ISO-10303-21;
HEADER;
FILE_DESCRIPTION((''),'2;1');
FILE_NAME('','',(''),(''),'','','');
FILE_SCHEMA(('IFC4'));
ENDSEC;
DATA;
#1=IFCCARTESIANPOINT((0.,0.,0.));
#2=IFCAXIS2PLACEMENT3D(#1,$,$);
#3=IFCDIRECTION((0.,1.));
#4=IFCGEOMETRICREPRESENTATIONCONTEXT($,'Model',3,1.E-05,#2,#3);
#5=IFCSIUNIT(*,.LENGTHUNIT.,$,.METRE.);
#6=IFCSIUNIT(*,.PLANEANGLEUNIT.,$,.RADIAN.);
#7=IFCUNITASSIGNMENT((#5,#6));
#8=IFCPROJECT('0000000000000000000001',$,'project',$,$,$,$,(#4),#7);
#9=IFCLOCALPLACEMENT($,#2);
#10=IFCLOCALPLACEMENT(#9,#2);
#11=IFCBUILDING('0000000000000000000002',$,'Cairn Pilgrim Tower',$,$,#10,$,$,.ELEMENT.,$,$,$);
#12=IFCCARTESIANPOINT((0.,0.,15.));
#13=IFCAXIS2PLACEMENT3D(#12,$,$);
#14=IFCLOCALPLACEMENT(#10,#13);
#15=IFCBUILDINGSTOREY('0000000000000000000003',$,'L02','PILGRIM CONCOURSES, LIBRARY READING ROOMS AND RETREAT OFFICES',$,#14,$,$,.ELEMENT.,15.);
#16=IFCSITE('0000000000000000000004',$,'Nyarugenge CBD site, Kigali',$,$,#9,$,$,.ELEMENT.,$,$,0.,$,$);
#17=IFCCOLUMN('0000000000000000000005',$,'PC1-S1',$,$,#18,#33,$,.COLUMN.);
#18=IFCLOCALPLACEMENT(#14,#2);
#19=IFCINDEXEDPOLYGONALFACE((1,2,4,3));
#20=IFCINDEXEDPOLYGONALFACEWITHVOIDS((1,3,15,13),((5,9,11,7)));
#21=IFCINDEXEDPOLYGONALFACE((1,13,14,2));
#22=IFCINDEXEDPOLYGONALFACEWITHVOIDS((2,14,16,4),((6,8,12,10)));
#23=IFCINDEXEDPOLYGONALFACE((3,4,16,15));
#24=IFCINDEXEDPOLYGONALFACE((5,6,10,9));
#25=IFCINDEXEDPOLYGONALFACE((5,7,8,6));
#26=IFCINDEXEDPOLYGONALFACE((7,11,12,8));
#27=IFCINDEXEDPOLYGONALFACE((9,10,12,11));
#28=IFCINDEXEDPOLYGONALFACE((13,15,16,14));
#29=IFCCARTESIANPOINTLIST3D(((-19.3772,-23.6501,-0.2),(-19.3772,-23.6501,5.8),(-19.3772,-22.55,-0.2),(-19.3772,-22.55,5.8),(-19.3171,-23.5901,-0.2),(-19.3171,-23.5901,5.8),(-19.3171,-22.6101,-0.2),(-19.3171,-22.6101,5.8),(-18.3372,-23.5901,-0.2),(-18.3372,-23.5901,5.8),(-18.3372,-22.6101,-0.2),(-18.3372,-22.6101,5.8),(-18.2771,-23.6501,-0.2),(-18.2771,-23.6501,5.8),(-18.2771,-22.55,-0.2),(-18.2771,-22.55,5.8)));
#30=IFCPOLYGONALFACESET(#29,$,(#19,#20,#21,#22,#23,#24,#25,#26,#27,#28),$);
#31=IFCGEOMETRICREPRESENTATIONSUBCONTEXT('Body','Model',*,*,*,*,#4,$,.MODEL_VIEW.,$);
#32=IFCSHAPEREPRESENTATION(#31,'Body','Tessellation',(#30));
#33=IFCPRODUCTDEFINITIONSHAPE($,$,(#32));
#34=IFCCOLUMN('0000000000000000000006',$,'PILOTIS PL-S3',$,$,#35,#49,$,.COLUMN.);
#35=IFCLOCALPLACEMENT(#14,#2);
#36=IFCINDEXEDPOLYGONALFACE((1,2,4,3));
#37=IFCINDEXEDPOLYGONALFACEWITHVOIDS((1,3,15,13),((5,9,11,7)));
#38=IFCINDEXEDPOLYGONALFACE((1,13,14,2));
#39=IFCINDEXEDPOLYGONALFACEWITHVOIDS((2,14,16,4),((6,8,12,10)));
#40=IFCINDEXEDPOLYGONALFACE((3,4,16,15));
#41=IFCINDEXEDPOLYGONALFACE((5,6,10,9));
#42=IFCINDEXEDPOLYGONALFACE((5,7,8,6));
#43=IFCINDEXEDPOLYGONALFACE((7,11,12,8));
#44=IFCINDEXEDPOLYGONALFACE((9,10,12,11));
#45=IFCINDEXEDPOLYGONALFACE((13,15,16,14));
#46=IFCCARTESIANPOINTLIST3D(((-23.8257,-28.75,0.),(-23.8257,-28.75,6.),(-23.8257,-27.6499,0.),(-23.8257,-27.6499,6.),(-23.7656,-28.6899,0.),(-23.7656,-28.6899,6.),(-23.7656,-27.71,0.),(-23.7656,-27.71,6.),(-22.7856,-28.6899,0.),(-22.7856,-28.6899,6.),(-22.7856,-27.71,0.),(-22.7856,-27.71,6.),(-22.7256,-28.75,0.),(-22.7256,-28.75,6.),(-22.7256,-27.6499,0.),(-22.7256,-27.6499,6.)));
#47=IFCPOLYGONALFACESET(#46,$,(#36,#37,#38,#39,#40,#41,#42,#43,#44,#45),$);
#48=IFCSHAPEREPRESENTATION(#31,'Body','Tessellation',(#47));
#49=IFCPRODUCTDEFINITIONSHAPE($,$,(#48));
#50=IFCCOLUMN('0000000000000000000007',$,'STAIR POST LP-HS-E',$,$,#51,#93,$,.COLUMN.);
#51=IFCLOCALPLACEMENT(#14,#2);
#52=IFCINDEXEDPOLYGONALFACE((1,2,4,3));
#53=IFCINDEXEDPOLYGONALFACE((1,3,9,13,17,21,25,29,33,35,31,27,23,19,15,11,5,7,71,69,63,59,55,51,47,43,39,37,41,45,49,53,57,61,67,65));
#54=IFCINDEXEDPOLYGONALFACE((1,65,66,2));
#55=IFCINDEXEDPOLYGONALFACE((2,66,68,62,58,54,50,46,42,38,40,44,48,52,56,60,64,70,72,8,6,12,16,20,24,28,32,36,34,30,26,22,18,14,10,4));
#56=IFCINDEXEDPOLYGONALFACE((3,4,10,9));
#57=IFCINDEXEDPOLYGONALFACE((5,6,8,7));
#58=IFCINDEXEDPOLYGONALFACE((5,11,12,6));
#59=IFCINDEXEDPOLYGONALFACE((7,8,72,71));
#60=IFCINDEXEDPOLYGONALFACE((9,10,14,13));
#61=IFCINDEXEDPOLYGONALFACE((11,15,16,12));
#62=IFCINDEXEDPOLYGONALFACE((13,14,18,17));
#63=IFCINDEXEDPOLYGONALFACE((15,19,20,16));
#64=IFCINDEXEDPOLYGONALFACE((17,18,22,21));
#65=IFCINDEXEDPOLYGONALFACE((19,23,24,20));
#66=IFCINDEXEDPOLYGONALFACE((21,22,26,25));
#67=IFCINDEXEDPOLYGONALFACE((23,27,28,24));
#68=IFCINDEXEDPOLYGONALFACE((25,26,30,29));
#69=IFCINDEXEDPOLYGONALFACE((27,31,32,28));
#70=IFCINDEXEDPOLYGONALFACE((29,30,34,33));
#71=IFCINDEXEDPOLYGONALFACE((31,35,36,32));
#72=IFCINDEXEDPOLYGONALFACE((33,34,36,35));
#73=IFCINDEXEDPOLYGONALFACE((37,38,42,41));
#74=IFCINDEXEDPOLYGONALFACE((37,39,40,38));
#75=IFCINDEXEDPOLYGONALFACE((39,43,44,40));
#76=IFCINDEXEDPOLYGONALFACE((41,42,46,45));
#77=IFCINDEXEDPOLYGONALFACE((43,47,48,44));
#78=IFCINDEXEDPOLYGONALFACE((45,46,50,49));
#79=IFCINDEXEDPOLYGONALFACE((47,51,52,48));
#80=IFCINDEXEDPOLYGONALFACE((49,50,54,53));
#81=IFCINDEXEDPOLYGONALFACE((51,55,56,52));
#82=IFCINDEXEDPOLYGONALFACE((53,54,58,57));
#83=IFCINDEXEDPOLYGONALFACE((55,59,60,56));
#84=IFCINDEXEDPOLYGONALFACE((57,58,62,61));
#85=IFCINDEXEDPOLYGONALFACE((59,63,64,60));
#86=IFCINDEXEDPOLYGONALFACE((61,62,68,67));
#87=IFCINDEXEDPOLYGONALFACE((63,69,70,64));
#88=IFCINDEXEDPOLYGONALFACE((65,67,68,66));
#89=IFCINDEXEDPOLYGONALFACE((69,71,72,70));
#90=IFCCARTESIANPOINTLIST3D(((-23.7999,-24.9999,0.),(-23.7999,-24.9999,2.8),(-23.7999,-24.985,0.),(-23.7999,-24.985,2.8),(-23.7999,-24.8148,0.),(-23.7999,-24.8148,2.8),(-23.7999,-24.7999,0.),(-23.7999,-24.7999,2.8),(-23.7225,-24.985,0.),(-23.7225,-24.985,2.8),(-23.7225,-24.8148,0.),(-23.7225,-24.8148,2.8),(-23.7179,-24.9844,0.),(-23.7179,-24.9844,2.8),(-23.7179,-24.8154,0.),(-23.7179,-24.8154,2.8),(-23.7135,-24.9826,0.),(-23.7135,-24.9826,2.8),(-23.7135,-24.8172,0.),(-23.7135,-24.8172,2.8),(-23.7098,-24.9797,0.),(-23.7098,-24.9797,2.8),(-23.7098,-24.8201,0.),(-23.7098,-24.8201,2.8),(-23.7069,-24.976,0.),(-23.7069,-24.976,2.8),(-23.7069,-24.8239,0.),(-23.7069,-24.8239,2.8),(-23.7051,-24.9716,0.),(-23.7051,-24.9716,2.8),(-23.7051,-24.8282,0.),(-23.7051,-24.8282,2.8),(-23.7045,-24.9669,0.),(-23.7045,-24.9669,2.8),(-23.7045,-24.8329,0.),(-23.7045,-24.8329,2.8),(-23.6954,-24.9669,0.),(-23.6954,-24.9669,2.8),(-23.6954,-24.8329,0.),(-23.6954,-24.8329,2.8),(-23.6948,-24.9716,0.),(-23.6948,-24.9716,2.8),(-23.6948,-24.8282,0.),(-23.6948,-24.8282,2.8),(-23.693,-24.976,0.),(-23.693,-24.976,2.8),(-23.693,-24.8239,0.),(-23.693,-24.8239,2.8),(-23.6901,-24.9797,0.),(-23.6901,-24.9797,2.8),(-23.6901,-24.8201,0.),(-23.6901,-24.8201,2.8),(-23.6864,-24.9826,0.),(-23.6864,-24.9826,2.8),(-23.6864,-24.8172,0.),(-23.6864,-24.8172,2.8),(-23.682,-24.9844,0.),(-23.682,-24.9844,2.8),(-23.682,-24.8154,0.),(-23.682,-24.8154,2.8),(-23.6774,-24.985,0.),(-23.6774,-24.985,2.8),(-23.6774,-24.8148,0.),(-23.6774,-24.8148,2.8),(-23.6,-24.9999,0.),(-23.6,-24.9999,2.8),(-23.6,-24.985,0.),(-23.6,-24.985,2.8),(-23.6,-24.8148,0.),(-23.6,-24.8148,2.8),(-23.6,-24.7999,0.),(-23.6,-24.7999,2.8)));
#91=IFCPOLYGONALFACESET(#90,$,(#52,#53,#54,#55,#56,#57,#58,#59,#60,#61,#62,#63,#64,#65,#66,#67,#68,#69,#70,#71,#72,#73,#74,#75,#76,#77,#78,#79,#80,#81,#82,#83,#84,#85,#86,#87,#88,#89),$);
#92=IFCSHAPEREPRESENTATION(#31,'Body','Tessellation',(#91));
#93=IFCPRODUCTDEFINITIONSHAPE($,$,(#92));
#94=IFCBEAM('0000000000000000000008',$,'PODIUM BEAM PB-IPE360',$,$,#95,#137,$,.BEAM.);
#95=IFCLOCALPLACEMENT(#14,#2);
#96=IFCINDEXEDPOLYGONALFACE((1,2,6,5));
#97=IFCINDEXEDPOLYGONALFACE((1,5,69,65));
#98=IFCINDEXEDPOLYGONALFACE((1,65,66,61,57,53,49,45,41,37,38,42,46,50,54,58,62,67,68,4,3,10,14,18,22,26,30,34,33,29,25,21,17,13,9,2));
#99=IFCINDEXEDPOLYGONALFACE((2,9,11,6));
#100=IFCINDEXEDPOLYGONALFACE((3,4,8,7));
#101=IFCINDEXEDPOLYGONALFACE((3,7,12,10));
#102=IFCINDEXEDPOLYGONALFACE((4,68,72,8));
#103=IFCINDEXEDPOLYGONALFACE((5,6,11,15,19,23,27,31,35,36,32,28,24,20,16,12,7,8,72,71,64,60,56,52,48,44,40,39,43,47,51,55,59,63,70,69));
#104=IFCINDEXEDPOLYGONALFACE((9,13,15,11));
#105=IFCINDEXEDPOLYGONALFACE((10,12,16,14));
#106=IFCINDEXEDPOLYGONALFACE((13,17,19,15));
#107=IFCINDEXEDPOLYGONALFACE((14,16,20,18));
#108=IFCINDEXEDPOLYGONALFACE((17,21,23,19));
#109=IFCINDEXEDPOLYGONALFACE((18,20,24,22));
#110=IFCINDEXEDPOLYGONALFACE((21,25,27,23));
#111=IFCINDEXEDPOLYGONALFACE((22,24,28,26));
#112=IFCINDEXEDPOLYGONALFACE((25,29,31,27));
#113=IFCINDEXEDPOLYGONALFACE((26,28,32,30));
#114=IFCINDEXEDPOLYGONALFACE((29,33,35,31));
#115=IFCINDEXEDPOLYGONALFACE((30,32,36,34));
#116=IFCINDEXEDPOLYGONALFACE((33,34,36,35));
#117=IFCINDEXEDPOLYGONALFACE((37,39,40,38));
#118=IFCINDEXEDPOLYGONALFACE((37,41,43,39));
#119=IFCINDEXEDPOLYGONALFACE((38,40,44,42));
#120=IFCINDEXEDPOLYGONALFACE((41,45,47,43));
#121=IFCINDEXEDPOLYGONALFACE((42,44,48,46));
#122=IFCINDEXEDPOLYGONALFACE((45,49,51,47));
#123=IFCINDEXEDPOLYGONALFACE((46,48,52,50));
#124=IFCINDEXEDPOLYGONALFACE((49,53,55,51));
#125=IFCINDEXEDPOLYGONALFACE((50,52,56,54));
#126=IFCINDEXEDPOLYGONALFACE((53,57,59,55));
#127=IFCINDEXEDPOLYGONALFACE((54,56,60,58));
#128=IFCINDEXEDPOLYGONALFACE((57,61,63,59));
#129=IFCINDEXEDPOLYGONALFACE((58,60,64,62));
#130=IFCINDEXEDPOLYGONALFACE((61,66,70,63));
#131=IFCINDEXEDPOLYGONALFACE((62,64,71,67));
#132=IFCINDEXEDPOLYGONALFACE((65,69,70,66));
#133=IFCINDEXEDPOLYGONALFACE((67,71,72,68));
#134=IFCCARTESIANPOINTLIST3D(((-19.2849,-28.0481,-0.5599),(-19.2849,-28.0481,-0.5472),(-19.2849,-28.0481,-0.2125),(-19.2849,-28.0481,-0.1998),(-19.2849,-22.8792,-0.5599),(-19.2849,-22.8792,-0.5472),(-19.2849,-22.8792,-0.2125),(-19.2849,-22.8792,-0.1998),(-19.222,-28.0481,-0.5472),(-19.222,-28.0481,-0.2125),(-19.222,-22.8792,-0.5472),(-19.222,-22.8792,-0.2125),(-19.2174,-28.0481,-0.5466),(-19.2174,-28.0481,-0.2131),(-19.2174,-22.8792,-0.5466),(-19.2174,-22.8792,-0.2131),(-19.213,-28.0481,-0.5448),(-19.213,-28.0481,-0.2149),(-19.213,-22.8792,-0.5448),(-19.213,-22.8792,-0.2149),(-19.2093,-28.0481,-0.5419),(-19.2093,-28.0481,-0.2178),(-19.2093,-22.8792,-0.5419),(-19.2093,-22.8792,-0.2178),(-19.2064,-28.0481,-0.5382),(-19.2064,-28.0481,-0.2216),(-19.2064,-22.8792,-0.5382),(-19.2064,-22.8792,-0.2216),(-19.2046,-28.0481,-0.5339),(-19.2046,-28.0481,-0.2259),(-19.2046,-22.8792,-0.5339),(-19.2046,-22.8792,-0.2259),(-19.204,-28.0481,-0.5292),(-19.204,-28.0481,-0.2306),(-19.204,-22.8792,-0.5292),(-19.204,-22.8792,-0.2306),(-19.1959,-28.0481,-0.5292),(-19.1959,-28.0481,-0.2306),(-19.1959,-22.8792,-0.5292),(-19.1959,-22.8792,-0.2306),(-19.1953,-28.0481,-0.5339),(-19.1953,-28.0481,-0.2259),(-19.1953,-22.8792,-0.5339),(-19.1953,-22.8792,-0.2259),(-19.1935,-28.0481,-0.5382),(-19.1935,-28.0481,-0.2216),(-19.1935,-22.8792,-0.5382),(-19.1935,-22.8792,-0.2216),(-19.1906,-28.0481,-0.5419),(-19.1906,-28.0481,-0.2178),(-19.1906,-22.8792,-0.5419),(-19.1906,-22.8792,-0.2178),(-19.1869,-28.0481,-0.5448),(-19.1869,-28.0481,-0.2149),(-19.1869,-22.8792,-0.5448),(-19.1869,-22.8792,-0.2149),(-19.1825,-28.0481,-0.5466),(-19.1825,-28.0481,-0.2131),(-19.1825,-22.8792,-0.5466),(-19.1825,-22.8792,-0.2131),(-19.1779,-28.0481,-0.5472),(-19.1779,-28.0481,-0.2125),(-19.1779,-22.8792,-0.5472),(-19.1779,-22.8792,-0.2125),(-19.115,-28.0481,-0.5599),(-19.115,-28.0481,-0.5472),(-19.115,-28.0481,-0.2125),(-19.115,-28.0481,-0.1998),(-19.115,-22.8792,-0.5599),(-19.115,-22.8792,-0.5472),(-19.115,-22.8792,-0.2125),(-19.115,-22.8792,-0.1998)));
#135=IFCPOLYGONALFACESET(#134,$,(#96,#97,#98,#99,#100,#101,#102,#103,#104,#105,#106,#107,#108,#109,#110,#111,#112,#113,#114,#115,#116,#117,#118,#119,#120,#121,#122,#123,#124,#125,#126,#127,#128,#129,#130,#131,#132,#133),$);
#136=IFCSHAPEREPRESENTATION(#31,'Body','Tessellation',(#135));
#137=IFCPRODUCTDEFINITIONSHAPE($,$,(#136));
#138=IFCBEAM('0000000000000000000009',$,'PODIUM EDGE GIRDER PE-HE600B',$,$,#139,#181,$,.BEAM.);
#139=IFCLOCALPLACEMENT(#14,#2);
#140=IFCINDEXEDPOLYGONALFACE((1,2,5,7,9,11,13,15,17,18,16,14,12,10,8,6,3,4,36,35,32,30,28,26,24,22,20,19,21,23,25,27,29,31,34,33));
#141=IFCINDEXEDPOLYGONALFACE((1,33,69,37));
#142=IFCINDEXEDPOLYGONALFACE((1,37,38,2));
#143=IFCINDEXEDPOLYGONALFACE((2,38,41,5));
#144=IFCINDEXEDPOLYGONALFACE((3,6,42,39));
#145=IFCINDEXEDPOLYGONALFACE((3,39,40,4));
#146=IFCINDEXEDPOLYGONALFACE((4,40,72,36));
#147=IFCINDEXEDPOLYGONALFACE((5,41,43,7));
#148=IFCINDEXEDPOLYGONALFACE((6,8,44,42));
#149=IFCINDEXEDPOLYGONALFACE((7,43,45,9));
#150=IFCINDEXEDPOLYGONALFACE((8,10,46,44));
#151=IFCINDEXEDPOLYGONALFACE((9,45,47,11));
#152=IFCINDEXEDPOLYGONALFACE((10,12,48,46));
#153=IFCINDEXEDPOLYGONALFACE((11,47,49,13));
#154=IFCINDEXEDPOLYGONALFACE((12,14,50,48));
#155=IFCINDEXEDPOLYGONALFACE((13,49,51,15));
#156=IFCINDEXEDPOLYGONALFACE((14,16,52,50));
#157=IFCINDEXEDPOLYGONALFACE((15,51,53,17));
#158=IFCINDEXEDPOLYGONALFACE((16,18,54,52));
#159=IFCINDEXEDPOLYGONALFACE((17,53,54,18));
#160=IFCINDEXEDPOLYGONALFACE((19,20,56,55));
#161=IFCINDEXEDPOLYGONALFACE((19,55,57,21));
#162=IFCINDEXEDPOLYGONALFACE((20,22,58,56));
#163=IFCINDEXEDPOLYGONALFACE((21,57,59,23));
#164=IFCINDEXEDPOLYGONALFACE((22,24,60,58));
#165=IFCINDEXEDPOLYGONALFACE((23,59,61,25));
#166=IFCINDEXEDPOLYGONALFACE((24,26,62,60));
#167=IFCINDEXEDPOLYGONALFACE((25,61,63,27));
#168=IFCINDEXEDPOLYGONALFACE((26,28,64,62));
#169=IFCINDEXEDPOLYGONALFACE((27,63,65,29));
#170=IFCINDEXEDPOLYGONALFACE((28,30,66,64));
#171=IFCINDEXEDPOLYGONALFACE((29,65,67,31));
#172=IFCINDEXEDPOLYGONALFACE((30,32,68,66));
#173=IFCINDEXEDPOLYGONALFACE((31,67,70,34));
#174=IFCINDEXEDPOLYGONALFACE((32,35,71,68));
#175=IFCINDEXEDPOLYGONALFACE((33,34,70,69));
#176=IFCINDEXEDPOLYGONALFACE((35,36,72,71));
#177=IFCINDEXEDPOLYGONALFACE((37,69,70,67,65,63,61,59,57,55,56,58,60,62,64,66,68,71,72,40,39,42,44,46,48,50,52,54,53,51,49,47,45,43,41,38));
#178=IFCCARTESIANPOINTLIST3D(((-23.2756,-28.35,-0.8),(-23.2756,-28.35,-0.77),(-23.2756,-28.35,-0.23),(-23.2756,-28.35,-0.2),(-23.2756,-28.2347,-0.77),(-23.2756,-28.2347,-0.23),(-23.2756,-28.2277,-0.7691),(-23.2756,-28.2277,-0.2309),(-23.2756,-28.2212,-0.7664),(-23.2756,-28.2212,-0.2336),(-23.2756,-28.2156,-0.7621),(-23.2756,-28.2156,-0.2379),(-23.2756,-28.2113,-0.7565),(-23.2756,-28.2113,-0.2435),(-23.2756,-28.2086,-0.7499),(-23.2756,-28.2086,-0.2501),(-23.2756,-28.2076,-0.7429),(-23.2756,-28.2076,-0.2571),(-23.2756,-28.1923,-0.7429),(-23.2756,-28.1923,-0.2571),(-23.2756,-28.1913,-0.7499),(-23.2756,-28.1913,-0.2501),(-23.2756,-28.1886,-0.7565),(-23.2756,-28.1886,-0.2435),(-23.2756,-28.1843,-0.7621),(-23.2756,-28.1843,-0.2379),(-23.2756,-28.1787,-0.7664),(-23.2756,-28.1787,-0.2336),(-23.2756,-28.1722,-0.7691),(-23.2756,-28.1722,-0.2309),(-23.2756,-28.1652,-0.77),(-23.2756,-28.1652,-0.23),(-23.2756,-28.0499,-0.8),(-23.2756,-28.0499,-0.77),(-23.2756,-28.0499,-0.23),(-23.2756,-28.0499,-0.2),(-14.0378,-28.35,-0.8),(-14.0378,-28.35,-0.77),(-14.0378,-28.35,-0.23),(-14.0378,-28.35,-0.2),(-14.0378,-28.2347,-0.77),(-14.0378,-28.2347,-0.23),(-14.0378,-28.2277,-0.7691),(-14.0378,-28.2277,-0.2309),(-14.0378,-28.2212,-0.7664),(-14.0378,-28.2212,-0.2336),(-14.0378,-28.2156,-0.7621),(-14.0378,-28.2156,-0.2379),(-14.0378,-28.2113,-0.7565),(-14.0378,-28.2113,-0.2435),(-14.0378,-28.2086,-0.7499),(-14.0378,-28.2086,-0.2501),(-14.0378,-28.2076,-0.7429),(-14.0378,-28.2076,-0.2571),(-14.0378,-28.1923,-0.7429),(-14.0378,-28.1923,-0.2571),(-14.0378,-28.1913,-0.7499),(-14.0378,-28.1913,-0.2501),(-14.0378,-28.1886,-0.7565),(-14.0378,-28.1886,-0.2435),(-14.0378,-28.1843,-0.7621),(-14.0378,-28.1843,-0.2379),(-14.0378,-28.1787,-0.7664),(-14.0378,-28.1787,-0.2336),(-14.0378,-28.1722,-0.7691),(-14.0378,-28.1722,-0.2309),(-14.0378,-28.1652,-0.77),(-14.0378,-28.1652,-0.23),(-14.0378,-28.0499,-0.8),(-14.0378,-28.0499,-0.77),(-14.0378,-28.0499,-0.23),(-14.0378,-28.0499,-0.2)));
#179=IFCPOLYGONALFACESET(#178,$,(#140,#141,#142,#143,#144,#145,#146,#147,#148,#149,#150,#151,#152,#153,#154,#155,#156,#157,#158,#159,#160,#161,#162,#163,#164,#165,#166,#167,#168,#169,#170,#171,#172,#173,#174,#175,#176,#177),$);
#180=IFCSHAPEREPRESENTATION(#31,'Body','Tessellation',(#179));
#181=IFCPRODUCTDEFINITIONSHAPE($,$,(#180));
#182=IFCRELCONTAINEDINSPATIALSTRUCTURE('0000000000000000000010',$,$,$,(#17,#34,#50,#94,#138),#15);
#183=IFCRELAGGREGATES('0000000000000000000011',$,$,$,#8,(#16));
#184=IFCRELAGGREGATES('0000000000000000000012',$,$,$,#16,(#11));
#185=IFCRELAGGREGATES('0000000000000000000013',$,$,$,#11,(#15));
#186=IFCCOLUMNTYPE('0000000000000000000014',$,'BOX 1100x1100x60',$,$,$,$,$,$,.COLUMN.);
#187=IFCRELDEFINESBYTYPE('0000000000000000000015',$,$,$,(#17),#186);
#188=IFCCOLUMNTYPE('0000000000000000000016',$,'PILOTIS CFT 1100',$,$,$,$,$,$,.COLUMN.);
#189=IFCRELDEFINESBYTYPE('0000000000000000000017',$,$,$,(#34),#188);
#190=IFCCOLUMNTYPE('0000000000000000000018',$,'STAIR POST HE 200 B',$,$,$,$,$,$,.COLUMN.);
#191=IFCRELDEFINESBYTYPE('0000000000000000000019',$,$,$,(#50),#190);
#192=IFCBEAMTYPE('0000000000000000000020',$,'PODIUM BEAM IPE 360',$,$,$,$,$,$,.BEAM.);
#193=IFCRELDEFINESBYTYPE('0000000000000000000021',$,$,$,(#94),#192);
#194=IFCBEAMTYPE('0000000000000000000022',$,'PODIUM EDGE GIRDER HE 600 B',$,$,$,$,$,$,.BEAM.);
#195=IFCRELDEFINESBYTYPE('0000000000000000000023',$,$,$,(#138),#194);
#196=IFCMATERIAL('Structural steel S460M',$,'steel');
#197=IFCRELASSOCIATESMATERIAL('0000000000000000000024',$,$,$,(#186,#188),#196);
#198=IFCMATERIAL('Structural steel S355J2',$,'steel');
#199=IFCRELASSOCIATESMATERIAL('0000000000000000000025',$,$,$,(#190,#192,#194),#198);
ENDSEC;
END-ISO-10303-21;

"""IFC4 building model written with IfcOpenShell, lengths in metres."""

from ifc_helpers import new_model, si_unit, direction, frame, origin, origin_2d, place, context, subcontext, project, spatial, hollow_rectangle, i_section, extrude, material, material_profile, profile_set, type_object, element, save


model = new_model("IFC4")

# Units and contexts
model_context = context("Model", 3, precision=1e-05, world=origin(), true_north=direction((0.0, 1.0)))
body_context = subcontext(model_context, "Body", "Model", "MODEL_VIEW")
ifc_project = project(units=[si_unit("LENGTHUNIT", "METRE"), si_unit("PLANEANGLEUNIT", "RADIAN")], contexts=[model_context])

# Site, building, storey
site_placement = place(None, origin())
site = spatial("IfcSite", under=ifc_project, at=site_placement, Name="Nyarugenge CBD site, Kigali", CompositionType="ELEMENT", RefElevation=0.0)
building_placement = place(site_placement, origin())
building = spatial("IfcBuilding", under=site, at=building_placement, Name="Cairn Pilgrim Tower", CompositionType="ELEMENT")
storey_placement = place(building_placement, frame((0.0, 0.0, 15.0)))
storey = spatial("IfcBuildingStorey", under=building, at=storey_placement, Name="L02", Description="PILGRIM CONCOURSES, LIBRARY READING ROOMS AND RETREAT OFFICES", CompositionType="ELEMENT", Elevation=15.0)

# Columns
ifc_material_1 = material(Name="Structural steel S460M", Category="steel")
ifc_material_profile_1 = material_profile(ifc_material_1, hollow_rectangle(XDim=1.1001, YDim=1.1001, WallThickness=0.0601, at=origin_2d()), Name="BOX 1100x1100x60")
ifc_profile_set_1 = profile_set([ifc_material_profile_1], Name="Structural steel S460M")
column_type_1 = type_object("IfcColumnType", Name="BOX 1100x1100x60", PredefinedType="COLUMN", material=ifc_profile_set_1)
column_1_placement = place(storey_placement, frame((-18.8271, -23.1001, -0.2), z_axis=(0.0, 0.0, 1.0), x_axis=(1.0, 0.0, 0.0)))
element("IfcColumn", 1, at=column_1_placement, inside=storey, type_object=column_type_1, Name="PC1-S1", PredefinedType="COLUMN", context=body_context, shape_type="SweptSolid", body=[
    extrude(hollow_rectangle(XDim=1.1001, YDim=1.1001, WallThickness=0.0601, at=origin_2d()), origin(), (0.0, 0.0, 1.0), 6.0),
])
ifc_material_profile_2 = material_profile(ifc_material_1, hollow_rectangle(XDim=1.1001, YDim=1.1001, WallThickness=0.0601, at=origin_2d()), Name="BOX 1100x1100x60")
ifc_profile_set_2 = profile_set([ifc_material_profile_2], Name="Structural steel S460M")
column_type_2 = type_object("IfcColumnType", Name="PILOTIS CFT 1100", PredefinedType="COLUMN", material=ifc_profile_set_2)
column_2_placement = place(storey_placement, frame((-23.2756, -28.2, 0.0), z_axis=(0.0, 0.0, 1.0), x_axis=(1.0, 0.0, 0.0)))
element("IfcColumn", 2, at=column_2_placement, inside=storey, type_object=column_type_2, Name="PILOTIS PL-S3", PredefinedType="COLUMN", context=body_context, shape_type="SweptSolid", body=[
    extrude(hollow_rectangle(XDim=1.1001, YDim=1.1001, WallThickness=0.0601, at=origin_2d()), origin(), (0.0, 0.0, 1.0), 6.0),
])
ifc_material_2 = material(Name="Structural steel S355J2", Category="steel")
ifc_material_profile_3 = material_profile(ifc_material_2, i_section(OverallWidth=0.2, OverallDepth=0.2, WebThickness=0.009, FlangeThickness=0.0149, FilletRadius=0.0181, at=origin_2d()), Name="HE 200 B")
ifc_profile_set_3 = profile_set([ifc_material_profile_3], Name="Structural steel S355J2")
column_type_3 = type_object("IfcColumnType", Name="STAIR POST HE 200 B", PredefinedType="COLUMN", material=ifc_profile_set_3)
column_3_placement = place(storey_placement, frame((-23.7, -24.8999, 0.0), z_axis=(0.0, 0.0, 1.0), x_axis=(1.0, 0.0, 0.0)))
element("IfcColumn", 3, at=column_3_placement, inside=storey, type_object=column_type_3, Name="STAIR POST LP-HS-E", PredefinedType="COLUMN", context=body_context, shape_type="SweptSolid", body=[
    extrude(i_section(OverallWidth=0.2, OverallDepth=0.2, WebThickness=0.009, FlangeThickness=0.0149, FilletRadius=0.0181, at=origin_2d()), origin(), (0.0, 0.0, 1.0), 2.8),
])

# Beams
ifc_material_profile_4 = material_profile(ifc_material_2, i_section(OverallWidth=0.1699, OverallDepth=0.3601, WebThickness=0.0081, FlangeThickness=0.0127, FilletRadius=0.0181, at=origin_2d()), Name="IPE 360")
ifc_profile_set_4 = profile_set([ifc_material_profile_4], Name="Structural steel S355J2")
beam_type_1 = type_object("IfcBeamType", Name="PODIUM BEAM IPE 360", PredefinedType="BEAM", material=ifc_profile_set_4)
beam_1_placement = place(storey_placement, frame((-19.2, -28.0481, -0.3799), z_axis=(0.0, 1.0, 0.0), x_axis=(-1.0, 0.0, 0.0)))
element("IfcBeam", 4, at=beam_1_placement, inside=storey, type_object=beam_type_1, Name="PODIUM BEAM PB-IPE360", PredefinedType="BEAM", context=body_context, shape_type="SweptSolid", body=[
    extrude(i_section(OverallWidth=0.1699, OverallDepth=0.3601, WebThickness=0.0081, FlangeThickness=0.0127, FilletRadius=0.0181, at=origin_2d()), origin(), (0.0, 0.0, 1.0), 5.1689),
])
ifc_material_profile_5 = material_profile(ifc_material_2, i_section(OverallWidth=0.3, OverallDepth=0.6001, WebThickness=0.0154, FlangeThickness=0.03, FilletRadius=0.0271, at=origin_2d()), Name="HEB 600")
ifc_profile_set_5 = profile_set([ifc_material_profile_5], Name="Structural steel S355J2")
beam_type_2 = type_object("IfcBeamType", Name="PODIUM EDGE GIRDER HE 600 B", PredefinedType="BEAM", material=ifc_profile_set_5)
beam_2_placement = place(storey_placement, frame((-23.2756, -28.2, -0.5), z_axis=(1.0, 0.0, 0.0), x_axis=(0.0, 1.0, 0.0)))
element("IfcBeam", 5, at=beam_2_placement, inside=storey, type_object=beam_type_2, Name="PODIUM EDGE GIRDER PE-HE600B", PredefinedType="BEAM", context=body_context, shape_type="SweptSolid", body=[
    extrude(i_section(OverallWidth=0.3, OverallDepth=0.6001, WebThickness=0.0154, FlangeThickness=0.03, FilletRadius=0.0271, at=origin_2d()), origin(), (0.0, 0.0, 1.0), 9.2378),
])

save(model, "model.ifc")
